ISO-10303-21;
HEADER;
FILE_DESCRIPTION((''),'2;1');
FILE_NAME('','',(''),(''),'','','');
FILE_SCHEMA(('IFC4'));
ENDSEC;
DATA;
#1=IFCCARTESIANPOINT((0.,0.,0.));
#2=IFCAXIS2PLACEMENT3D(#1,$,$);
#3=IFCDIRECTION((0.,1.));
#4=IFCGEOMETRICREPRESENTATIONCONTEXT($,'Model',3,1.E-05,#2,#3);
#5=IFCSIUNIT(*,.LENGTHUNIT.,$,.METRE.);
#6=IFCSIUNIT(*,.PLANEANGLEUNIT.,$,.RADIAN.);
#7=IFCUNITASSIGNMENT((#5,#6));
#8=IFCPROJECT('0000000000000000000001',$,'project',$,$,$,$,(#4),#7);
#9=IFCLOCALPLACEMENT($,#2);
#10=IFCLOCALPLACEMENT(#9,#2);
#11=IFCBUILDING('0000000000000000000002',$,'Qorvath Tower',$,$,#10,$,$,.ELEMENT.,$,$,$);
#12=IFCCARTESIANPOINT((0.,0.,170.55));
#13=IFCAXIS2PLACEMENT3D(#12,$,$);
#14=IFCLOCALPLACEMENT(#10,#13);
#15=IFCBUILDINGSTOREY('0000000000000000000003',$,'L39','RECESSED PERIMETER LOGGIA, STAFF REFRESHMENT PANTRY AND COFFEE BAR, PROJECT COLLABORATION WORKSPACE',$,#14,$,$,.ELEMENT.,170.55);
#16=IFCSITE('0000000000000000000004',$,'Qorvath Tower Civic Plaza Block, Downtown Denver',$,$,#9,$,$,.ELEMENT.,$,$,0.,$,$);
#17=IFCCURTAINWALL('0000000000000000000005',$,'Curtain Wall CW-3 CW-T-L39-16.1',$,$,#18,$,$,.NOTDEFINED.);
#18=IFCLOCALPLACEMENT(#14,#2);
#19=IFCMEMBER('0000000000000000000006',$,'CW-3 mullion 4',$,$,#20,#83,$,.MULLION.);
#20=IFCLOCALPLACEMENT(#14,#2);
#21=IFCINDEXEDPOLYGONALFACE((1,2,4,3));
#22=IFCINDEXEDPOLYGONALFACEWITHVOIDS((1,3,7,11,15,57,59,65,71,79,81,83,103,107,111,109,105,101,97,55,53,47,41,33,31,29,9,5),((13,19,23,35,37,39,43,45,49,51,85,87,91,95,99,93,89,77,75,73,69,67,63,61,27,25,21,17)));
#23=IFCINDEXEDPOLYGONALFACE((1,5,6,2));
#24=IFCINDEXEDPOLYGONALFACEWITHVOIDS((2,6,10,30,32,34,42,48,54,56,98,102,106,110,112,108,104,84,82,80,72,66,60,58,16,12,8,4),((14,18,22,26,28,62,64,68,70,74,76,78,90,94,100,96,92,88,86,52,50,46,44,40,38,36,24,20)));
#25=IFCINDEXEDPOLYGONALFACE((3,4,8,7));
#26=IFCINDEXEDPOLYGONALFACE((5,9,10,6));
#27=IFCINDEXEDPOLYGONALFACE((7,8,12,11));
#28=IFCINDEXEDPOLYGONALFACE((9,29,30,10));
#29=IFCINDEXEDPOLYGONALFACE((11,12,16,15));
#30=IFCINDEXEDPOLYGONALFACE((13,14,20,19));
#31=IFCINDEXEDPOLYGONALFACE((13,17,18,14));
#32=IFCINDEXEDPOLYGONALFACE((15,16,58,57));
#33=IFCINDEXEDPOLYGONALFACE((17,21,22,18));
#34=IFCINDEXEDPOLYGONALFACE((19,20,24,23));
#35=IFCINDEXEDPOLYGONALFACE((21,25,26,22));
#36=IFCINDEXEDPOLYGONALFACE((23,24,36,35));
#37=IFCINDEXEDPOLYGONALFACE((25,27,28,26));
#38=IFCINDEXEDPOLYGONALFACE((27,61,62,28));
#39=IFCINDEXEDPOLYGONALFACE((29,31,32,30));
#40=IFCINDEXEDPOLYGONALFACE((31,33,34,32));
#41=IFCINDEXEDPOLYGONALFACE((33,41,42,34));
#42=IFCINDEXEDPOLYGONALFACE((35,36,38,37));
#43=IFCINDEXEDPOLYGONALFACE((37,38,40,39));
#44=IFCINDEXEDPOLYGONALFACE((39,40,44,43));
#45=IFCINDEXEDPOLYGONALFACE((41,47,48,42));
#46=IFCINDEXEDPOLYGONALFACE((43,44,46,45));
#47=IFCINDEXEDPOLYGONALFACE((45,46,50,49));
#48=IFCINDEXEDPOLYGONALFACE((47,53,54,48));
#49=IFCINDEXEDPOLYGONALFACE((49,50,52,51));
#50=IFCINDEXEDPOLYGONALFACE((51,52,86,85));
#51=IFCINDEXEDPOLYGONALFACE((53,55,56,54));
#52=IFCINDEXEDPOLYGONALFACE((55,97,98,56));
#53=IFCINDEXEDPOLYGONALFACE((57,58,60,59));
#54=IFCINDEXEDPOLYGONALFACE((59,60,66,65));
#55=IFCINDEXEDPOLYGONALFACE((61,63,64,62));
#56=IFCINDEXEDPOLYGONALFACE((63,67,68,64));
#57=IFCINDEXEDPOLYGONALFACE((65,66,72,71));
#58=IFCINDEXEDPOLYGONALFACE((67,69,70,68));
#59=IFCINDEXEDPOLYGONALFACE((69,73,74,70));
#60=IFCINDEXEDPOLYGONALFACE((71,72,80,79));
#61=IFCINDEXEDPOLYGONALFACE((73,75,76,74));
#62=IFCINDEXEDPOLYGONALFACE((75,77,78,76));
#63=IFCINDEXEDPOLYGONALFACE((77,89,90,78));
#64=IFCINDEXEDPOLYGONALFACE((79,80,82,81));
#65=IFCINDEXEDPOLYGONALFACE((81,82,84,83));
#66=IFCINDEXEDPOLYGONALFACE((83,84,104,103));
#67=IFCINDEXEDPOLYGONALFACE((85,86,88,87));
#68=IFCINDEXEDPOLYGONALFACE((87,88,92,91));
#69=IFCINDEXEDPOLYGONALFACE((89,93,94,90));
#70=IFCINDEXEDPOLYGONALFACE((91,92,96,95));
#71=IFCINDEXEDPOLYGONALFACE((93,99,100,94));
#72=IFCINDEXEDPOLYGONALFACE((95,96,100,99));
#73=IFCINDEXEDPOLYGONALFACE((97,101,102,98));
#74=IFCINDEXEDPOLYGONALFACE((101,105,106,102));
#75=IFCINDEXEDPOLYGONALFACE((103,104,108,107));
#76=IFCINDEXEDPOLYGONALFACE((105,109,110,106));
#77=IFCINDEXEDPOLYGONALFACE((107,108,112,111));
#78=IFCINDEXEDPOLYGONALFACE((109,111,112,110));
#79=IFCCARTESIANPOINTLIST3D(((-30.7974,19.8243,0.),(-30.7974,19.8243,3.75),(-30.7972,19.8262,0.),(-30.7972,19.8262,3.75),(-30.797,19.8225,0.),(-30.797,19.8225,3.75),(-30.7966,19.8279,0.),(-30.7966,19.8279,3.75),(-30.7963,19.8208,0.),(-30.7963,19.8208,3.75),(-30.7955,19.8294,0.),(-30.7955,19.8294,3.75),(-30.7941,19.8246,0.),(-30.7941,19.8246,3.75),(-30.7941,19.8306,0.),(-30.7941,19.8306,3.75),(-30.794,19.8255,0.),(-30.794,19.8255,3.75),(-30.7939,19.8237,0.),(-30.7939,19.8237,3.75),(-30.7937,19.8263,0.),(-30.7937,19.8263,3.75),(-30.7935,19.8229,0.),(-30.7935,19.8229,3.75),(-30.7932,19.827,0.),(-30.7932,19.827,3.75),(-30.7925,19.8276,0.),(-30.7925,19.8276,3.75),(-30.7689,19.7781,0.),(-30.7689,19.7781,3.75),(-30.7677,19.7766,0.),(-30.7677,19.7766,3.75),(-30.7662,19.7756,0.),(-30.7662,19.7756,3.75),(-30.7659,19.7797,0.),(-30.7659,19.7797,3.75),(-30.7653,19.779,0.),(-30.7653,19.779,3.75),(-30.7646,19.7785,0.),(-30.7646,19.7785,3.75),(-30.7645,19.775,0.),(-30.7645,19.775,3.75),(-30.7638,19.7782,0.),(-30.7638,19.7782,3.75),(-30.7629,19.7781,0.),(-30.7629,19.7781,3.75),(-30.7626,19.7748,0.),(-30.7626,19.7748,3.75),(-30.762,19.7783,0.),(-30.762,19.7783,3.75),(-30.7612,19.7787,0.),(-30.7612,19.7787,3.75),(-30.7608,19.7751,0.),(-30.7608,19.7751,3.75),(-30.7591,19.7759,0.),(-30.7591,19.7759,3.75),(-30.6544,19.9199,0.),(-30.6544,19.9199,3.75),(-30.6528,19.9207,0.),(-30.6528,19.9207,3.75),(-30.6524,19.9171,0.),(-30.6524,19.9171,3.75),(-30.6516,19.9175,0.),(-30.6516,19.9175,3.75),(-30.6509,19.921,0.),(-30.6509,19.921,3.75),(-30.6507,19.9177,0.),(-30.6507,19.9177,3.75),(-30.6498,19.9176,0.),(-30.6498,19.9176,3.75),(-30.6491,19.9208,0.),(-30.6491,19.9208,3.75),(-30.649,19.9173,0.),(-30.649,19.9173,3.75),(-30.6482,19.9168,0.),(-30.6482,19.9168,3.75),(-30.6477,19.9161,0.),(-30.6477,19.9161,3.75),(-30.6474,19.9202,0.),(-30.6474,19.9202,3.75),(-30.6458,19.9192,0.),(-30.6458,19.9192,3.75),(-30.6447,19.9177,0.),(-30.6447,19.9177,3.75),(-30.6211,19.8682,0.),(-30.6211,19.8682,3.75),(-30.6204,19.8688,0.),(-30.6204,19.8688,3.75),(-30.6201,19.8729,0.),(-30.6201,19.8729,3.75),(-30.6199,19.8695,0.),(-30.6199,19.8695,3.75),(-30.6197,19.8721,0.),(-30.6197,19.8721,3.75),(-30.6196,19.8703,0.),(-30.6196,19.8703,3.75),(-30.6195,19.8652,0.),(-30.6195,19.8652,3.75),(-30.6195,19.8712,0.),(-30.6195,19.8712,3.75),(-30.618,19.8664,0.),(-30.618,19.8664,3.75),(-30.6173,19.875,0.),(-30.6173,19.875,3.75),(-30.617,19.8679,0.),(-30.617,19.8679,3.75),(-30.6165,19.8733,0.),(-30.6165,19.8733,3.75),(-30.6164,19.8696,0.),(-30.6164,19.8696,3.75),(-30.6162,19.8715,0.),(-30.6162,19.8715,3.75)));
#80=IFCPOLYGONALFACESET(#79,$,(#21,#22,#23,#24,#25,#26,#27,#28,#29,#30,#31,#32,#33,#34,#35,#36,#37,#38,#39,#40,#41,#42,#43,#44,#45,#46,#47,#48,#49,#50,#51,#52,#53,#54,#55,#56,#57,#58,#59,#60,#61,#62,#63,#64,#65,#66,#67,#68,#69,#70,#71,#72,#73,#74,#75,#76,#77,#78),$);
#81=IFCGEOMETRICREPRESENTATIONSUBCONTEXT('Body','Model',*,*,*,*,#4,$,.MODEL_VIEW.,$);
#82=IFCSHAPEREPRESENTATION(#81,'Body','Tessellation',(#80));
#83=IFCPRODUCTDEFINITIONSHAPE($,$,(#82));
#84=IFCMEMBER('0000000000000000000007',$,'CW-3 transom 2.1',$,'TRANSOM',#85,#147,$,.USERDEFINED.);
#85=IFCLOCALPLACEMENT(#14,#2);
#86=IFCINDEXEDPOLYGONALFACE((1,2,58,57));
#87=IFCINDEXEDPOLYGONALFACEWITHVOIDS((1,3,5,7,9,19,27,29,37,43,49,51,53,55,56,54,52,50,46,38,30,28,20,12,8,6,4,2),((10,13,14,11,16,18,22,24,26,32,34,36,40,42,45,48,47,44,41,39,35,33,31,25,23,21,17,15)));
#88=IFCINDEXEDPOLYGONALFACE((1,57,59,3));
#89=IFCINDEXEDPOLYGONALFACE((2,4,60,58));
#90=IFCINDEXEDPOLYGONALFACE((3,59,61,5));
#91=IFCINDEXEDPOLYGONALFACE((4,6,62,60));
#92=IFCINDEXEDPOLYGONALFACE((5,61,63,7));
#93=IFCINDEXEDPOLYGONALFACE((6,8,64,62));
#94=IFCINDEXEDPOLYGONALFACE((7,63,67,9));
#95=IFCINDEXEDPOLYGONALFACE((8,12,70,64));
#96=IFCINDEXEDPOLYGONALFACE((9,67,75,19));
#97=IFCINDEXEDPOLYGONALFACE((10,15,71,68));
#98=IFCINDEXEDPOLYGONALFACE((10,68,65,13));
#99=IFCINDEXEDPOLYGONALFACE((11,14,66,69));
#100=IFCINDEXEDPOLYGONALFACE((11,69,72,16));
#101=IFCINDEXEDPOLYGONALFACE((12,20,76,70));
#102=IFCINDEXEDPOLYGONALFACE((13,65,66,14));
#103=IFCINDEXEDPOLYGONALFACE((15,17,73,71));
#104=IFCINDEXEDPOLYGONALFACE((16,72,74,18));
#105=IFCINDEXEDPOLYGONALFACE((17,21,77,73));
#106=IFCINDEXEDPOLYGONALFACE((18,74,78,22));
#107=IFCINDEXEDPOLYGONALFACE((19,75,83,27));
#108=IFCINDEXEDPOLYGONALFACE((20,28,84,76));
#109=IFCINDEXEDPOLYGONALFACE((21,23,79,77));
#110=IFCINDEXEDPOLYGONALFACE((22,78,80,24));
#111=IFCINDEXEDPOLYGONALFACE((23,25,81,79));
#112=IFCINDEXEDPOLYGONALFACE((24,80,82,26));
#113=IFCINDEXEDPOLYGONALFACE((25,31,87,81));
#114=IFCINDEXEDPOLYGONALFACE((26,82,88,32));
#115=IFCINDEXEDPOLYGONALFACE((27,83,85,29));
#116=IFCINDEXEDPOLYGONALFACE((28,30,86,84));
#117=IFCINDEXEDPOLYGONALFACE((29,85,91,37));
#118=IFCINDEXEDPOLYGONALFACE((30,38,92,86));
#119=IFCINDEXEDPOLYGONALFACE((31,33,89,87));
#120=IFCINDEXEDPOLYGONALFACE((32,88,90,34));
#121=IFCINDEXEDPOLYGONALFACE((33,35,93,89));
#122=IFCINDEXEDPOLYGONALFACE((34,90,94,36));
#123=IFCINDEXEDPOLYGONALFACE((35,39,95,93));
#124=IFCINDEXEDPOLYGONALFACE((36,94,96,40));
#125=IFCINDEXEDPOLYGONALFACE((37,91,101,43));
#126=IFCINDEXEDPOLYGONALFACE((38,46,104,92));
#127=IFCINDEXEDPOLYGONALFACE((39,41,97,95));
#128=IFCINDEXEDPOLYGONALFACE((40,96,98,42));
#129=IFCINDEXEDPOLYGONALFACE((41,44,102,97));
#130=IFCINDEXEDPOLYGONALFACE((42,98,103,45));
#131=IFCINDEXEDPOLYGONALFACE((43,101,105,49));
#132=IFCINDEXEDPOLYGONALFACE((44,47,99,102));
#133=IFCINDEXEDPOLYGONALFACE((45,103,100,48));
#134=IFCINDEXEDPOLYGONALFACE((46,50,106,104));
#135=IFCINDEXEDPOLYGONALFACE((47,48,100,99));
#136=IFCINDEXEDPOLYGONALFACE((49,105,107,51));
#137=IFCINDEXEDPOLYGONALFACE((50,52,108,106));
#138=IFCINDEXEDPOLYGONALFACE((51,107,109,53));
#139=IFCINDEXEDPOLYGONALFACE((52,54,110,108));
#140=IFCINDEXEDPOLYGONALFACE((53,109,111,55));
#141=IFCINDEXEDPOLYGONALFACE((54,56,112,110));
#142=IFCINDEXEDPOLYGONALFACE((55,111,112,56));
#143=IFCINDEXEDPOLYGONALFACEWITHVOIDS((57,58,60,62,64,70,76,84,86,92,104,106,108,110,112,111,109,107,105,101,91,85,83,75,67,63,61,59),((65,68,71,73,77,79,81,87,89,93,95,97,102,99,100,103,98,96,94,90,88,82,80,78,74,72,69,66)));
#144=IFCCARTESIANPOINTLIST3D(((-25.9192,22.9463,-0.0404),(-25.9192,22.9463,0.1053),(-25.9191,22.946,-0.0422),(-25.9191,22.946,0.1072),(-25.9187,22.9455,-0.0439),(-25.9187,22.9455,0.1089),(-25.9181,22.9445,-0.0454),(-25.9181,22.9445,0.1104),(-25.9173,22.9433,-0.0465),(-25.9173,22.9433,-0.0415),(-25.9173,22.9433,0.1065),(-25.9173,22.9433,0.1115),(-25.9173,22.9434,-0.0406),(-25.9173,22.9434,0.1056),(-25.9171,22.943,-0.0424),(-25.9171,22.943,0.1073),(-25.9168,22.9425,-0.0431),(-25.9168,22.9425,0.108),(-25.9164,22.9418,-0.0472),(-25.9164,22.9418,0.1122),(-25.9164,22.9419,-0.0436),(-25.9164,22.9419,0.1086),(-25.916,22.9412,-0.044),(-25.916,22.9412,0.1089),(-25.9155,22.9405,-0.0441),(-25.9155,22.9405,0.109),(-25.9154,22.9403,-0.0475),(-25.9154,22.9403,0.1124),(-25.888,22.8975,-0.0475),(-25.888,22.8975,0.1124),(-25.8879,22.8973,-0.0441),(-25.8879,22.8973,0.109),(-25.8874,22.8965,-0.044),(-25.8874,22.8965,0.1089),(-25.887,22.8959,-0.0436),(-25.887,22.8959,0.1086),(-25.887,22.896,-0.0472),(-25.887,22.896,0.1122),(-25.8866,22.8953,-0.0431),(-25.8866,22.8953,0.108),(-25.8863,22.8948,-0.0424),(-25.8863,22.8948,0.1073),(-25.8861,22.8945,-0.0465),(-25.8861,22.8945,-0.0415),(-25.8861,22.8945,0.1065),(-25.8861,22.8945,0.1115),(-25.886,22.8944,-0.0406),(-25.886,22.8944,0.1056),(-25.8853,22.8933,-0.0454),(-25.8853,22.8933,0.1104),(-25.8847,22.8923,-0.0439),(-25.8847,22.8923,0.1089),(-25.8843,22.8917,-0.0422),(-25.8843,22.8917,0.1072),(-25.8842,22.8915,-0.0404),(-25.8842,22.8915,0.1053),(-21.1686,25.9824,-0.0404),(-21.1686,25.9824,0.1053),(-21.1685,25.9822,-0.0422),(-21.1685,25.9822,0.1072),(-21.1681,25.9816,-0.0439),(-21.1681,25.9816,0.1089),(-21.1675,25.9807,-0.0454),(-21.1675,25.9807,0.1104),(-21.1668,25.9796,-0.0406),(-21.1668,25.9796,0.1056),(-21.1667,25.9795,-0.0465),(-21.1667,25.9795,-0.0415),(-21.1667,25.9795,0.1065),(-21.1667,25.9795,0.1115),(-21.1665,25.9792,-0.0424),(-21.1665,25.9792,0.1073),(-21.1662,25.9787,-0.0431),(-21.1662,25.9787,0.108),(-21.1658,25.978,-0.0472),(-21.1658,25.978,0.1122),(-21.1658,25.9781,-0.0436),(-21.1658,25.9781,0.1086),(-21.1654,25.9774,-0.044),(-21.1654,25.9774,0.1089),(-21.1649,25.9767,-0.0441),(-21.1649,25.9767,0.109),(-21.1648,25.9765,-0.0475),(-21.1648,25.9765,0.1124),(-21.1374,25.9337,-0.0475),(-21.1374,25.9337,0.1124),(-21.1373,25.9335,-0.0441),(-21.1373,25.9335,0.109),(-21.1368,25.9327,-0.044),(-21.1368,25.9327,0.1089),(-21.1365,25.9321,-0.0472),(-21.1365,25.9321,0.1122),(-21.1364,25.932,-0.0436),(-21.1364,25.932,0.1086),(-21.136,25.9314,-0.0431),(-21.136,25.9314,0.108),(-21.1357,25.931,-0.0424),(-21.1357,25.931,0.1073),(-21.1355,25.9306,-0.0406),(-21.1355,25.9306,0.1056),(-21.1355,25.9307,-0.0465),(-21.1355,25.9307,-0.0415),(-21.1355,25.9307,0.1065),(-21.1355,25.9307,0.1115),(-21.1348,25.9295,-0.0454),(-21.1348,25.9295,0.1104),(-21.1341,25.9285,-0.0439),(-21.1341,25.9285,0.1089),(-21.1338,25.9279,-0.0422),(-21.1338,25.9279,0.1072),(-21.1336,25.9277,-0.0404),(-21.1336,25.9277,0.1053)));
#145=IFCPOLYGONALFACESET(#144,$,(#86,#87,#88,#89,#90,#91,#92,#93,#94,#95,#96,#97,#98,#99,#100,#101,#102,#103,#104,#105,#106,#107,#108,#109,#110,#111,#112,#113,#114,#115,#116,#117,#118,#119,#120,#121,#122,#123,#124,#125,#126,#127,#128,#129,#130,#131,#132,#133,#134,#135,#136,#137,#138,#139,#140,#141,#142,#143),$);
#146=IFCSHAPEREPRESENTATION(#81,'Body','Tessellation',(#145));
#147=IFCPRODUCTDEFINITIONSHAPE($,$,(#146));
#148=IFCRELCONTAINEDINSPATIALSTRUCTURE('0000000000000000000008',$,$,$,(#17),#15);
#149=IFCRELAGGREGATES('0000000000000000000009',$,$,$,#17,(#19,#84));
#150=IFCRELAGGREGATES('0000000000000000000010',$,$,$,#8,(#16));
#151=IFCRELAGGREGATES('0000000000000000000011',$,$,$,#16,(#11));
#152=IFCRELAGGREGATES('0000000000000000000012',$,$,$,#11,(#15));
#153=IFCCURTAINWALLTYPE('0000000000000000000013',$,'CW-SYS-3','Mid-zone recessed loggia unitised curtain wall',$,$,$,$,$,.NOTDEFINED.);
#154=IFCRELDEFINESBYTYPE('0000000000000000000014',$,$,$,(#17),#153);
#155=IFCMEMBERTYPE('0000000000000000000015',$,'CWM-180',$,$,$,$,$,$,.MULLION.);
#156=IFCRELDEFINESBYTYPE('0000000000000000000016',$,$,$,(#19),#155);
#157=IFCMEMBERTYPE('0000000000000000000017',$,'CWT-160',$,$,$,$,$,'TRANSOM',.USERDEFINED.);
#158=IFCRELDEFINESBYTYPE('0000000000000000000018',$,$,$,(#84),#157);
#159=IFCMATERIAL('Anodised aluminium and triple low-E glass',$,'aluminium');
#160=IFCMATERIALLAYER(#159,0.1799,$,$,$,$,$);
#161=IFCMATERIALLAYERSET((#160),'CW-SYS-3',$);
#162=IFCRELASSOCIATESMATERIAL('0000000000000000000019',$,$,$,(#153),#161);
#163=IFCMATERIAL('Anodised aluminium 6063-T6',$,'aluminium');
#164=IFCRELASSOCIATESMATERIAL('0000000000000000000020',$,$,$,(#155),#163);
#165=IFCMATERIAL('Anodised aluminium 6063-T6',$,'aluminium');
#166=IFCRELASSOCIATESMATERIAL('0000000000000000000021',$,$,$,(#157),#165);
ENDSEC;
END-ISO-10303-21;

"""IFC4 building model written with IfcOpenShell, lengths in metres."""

from ifc_helpers import new_model, si_unit, direction, frame, origin, origin_2d, place, context, subcontext, project, spatial, hollow_rectangle, extrude, material, layer, layer_set, material_profile, profile_set, type_object, element, aggregate, save


model = new_model("IFC4")

# Units and contexts
model_context = context("Model", 3, precision=1e-05, world=origin(), true_north=direction((0.0, 1.0)))
body_context = subcontext(model_context, "Body", "Model", "MODEL_VIEW")
ifc_project = project(units=[si_unit("LENGTHUNIT", "METRE"), si_unit("PLANEANGLEUNIT", "RADIAN")], contexts=[model_context])

# Site, building, storey
site_placement = place(None, origin())
site = spatial("IfcSite", under=ifc_project, at=site_placement, Name="Qorvath Tower Civic Plaza Block, Downtown Denver", CompositionType="ELEMENT", RefElevation=0.0)
building_placement = place(site_placement, origin())
building = spatial("IfcBuilding", under=site, at=building_placement, Name="Qorvath Tower", CompositionType="ELEMENT")
storey_placement = place(building_placement, frame((0.0, 0.0, 170.55)))
storey = spatial("IfcBuildingStorey", under=building, at=storey_placement, Name="L39", Description="RECESSED PERIMETER LOGGIA, STAFF REFRESHMENT PANTRY AND COFFEE BAR, PROJECT COLLABORATION WORKSPACE", CompositionType="ELEMENT", Elevation=170.55)

# Curtain wall, members
ifc_material_1 = material(Name="Anodised aluminium and triple low-E glass", Category="aluminium")
ifc_layer_1 = layer(ifc_material_1, 0.1799)
ifc_layer_set_1 = layer_set([ifc_layer_1], Name="CW-SYS-3")
curtain_wall_type = type_object("IfcCurtainWallType", Name="CW-SYS-3", Description="Mid-zone recessed loggia unitised curtain wall", PredefinedType="NOTDEFINED", material=ifc_layer_set_1)
curtain_wall_placement = place(storey_placement, origin())
curtain_wall = element("IfcCurtainWall", 1, at=curtain_wall_placement, inside=storey, type_object=curtain_wall_type, Name="Curtain Wall CW-3 CW-T-L39-16.1", PredefinedType="NOTDEFINED")
ifc_material_2 = material(Name="Anodised aluminium 6063-T6", Category="aluminium")
ifc_material_profile_1 = material_profile(ifc_material_2, hollow_rectangle(XDim=0.0649, YDim=0.1799, WallThickness=0.0034, InnerFilletRadius=0.0034, OuterFilletRadius=0.0071, at=origin_2d()), Name="CWM 180x65")
ifc_profile_set_1 = profile_set([ifc_material_profile_1], Name="Anodised aluminium 6063-T6")
member_type_1 = type_object("IfcMemberType", Name="CWM-180", PredefinedType="MULLION", material=ifc_profile_set_1)
member_1_placement = place(storey_placement, frame((-30.7068, 19.8479, 0.0), z_axis=(0.0, 0.0, 1.0), x_axis=(0.538534, -0.842604, 0.0)))
member_1 = element("IfcMember", 2, at=member_1_placement, type_object=member_type_1, Name="CW-3 mullion 4", PredefinedType="MULLION", context=body_context, shape_type="SweptSolid", body=[
    extrude(hollow_rectangle(XDim=0.0649, YDim=0.1799, WallThickness=0.0034, InnerFilletRadius=0.0034, OuterFilletRadius=0.0071, at=origin_2d()), origin(), (0.0, 0.0, 1.0), 3.75),
])
ifc_material_3 = material(Name="Anodised aluminium 6063-T6", Category="aluminium")
ifc_material_profile_2 = material_profile(ifc_material_3, hollow_rectangle(XDim=0.0649, YDim=0.1599, WallThickness=0.0034, InnerFilletRadius=0.0034, OuterFilletRadius=0.0071, at=origin_2d()), Name="CWT 160x65")
ifc_profile_set_2 = profile_set([ifc_material_profile_2], Name="Anodised aluminium 6063-T6")
member_type_2 = type_object("IfcMemberType", Name="CWT-160", ElementType="TRANSOM", PredefinedType="USERDEFINED", material=ifc_profile_set_2)
member_2_placement = place(storey_placement, frame((-21.1511, 25.9551, 0.0325), z_axis=(-0.842608, -0.538528, 0.0), x_axis=(0.538528, -0.842608, 0.0)))
member_2 = element("IfcMember", 3, at=member_2_placement, type_object=member_type_2, Name="CW-3 transom 2.1", ObjectType="TRANSOM", PredefinedType="USERDEFINED", context=body_context, shape_type="SweptSolid", body=[
    extrude(hollow_rectangle(XDim=0.0649, YDim=0.1599, WallThickness=0.0034, InnerFilletRadius=0.0034, OuterFilletRadius=0.0071, at=origin_2d()), origin(), (0.0, 0.0, 1.0), 5.6379),
])
aggregate(curtain_wall, [member_1, member_2])

save(model, "model.ifc")
